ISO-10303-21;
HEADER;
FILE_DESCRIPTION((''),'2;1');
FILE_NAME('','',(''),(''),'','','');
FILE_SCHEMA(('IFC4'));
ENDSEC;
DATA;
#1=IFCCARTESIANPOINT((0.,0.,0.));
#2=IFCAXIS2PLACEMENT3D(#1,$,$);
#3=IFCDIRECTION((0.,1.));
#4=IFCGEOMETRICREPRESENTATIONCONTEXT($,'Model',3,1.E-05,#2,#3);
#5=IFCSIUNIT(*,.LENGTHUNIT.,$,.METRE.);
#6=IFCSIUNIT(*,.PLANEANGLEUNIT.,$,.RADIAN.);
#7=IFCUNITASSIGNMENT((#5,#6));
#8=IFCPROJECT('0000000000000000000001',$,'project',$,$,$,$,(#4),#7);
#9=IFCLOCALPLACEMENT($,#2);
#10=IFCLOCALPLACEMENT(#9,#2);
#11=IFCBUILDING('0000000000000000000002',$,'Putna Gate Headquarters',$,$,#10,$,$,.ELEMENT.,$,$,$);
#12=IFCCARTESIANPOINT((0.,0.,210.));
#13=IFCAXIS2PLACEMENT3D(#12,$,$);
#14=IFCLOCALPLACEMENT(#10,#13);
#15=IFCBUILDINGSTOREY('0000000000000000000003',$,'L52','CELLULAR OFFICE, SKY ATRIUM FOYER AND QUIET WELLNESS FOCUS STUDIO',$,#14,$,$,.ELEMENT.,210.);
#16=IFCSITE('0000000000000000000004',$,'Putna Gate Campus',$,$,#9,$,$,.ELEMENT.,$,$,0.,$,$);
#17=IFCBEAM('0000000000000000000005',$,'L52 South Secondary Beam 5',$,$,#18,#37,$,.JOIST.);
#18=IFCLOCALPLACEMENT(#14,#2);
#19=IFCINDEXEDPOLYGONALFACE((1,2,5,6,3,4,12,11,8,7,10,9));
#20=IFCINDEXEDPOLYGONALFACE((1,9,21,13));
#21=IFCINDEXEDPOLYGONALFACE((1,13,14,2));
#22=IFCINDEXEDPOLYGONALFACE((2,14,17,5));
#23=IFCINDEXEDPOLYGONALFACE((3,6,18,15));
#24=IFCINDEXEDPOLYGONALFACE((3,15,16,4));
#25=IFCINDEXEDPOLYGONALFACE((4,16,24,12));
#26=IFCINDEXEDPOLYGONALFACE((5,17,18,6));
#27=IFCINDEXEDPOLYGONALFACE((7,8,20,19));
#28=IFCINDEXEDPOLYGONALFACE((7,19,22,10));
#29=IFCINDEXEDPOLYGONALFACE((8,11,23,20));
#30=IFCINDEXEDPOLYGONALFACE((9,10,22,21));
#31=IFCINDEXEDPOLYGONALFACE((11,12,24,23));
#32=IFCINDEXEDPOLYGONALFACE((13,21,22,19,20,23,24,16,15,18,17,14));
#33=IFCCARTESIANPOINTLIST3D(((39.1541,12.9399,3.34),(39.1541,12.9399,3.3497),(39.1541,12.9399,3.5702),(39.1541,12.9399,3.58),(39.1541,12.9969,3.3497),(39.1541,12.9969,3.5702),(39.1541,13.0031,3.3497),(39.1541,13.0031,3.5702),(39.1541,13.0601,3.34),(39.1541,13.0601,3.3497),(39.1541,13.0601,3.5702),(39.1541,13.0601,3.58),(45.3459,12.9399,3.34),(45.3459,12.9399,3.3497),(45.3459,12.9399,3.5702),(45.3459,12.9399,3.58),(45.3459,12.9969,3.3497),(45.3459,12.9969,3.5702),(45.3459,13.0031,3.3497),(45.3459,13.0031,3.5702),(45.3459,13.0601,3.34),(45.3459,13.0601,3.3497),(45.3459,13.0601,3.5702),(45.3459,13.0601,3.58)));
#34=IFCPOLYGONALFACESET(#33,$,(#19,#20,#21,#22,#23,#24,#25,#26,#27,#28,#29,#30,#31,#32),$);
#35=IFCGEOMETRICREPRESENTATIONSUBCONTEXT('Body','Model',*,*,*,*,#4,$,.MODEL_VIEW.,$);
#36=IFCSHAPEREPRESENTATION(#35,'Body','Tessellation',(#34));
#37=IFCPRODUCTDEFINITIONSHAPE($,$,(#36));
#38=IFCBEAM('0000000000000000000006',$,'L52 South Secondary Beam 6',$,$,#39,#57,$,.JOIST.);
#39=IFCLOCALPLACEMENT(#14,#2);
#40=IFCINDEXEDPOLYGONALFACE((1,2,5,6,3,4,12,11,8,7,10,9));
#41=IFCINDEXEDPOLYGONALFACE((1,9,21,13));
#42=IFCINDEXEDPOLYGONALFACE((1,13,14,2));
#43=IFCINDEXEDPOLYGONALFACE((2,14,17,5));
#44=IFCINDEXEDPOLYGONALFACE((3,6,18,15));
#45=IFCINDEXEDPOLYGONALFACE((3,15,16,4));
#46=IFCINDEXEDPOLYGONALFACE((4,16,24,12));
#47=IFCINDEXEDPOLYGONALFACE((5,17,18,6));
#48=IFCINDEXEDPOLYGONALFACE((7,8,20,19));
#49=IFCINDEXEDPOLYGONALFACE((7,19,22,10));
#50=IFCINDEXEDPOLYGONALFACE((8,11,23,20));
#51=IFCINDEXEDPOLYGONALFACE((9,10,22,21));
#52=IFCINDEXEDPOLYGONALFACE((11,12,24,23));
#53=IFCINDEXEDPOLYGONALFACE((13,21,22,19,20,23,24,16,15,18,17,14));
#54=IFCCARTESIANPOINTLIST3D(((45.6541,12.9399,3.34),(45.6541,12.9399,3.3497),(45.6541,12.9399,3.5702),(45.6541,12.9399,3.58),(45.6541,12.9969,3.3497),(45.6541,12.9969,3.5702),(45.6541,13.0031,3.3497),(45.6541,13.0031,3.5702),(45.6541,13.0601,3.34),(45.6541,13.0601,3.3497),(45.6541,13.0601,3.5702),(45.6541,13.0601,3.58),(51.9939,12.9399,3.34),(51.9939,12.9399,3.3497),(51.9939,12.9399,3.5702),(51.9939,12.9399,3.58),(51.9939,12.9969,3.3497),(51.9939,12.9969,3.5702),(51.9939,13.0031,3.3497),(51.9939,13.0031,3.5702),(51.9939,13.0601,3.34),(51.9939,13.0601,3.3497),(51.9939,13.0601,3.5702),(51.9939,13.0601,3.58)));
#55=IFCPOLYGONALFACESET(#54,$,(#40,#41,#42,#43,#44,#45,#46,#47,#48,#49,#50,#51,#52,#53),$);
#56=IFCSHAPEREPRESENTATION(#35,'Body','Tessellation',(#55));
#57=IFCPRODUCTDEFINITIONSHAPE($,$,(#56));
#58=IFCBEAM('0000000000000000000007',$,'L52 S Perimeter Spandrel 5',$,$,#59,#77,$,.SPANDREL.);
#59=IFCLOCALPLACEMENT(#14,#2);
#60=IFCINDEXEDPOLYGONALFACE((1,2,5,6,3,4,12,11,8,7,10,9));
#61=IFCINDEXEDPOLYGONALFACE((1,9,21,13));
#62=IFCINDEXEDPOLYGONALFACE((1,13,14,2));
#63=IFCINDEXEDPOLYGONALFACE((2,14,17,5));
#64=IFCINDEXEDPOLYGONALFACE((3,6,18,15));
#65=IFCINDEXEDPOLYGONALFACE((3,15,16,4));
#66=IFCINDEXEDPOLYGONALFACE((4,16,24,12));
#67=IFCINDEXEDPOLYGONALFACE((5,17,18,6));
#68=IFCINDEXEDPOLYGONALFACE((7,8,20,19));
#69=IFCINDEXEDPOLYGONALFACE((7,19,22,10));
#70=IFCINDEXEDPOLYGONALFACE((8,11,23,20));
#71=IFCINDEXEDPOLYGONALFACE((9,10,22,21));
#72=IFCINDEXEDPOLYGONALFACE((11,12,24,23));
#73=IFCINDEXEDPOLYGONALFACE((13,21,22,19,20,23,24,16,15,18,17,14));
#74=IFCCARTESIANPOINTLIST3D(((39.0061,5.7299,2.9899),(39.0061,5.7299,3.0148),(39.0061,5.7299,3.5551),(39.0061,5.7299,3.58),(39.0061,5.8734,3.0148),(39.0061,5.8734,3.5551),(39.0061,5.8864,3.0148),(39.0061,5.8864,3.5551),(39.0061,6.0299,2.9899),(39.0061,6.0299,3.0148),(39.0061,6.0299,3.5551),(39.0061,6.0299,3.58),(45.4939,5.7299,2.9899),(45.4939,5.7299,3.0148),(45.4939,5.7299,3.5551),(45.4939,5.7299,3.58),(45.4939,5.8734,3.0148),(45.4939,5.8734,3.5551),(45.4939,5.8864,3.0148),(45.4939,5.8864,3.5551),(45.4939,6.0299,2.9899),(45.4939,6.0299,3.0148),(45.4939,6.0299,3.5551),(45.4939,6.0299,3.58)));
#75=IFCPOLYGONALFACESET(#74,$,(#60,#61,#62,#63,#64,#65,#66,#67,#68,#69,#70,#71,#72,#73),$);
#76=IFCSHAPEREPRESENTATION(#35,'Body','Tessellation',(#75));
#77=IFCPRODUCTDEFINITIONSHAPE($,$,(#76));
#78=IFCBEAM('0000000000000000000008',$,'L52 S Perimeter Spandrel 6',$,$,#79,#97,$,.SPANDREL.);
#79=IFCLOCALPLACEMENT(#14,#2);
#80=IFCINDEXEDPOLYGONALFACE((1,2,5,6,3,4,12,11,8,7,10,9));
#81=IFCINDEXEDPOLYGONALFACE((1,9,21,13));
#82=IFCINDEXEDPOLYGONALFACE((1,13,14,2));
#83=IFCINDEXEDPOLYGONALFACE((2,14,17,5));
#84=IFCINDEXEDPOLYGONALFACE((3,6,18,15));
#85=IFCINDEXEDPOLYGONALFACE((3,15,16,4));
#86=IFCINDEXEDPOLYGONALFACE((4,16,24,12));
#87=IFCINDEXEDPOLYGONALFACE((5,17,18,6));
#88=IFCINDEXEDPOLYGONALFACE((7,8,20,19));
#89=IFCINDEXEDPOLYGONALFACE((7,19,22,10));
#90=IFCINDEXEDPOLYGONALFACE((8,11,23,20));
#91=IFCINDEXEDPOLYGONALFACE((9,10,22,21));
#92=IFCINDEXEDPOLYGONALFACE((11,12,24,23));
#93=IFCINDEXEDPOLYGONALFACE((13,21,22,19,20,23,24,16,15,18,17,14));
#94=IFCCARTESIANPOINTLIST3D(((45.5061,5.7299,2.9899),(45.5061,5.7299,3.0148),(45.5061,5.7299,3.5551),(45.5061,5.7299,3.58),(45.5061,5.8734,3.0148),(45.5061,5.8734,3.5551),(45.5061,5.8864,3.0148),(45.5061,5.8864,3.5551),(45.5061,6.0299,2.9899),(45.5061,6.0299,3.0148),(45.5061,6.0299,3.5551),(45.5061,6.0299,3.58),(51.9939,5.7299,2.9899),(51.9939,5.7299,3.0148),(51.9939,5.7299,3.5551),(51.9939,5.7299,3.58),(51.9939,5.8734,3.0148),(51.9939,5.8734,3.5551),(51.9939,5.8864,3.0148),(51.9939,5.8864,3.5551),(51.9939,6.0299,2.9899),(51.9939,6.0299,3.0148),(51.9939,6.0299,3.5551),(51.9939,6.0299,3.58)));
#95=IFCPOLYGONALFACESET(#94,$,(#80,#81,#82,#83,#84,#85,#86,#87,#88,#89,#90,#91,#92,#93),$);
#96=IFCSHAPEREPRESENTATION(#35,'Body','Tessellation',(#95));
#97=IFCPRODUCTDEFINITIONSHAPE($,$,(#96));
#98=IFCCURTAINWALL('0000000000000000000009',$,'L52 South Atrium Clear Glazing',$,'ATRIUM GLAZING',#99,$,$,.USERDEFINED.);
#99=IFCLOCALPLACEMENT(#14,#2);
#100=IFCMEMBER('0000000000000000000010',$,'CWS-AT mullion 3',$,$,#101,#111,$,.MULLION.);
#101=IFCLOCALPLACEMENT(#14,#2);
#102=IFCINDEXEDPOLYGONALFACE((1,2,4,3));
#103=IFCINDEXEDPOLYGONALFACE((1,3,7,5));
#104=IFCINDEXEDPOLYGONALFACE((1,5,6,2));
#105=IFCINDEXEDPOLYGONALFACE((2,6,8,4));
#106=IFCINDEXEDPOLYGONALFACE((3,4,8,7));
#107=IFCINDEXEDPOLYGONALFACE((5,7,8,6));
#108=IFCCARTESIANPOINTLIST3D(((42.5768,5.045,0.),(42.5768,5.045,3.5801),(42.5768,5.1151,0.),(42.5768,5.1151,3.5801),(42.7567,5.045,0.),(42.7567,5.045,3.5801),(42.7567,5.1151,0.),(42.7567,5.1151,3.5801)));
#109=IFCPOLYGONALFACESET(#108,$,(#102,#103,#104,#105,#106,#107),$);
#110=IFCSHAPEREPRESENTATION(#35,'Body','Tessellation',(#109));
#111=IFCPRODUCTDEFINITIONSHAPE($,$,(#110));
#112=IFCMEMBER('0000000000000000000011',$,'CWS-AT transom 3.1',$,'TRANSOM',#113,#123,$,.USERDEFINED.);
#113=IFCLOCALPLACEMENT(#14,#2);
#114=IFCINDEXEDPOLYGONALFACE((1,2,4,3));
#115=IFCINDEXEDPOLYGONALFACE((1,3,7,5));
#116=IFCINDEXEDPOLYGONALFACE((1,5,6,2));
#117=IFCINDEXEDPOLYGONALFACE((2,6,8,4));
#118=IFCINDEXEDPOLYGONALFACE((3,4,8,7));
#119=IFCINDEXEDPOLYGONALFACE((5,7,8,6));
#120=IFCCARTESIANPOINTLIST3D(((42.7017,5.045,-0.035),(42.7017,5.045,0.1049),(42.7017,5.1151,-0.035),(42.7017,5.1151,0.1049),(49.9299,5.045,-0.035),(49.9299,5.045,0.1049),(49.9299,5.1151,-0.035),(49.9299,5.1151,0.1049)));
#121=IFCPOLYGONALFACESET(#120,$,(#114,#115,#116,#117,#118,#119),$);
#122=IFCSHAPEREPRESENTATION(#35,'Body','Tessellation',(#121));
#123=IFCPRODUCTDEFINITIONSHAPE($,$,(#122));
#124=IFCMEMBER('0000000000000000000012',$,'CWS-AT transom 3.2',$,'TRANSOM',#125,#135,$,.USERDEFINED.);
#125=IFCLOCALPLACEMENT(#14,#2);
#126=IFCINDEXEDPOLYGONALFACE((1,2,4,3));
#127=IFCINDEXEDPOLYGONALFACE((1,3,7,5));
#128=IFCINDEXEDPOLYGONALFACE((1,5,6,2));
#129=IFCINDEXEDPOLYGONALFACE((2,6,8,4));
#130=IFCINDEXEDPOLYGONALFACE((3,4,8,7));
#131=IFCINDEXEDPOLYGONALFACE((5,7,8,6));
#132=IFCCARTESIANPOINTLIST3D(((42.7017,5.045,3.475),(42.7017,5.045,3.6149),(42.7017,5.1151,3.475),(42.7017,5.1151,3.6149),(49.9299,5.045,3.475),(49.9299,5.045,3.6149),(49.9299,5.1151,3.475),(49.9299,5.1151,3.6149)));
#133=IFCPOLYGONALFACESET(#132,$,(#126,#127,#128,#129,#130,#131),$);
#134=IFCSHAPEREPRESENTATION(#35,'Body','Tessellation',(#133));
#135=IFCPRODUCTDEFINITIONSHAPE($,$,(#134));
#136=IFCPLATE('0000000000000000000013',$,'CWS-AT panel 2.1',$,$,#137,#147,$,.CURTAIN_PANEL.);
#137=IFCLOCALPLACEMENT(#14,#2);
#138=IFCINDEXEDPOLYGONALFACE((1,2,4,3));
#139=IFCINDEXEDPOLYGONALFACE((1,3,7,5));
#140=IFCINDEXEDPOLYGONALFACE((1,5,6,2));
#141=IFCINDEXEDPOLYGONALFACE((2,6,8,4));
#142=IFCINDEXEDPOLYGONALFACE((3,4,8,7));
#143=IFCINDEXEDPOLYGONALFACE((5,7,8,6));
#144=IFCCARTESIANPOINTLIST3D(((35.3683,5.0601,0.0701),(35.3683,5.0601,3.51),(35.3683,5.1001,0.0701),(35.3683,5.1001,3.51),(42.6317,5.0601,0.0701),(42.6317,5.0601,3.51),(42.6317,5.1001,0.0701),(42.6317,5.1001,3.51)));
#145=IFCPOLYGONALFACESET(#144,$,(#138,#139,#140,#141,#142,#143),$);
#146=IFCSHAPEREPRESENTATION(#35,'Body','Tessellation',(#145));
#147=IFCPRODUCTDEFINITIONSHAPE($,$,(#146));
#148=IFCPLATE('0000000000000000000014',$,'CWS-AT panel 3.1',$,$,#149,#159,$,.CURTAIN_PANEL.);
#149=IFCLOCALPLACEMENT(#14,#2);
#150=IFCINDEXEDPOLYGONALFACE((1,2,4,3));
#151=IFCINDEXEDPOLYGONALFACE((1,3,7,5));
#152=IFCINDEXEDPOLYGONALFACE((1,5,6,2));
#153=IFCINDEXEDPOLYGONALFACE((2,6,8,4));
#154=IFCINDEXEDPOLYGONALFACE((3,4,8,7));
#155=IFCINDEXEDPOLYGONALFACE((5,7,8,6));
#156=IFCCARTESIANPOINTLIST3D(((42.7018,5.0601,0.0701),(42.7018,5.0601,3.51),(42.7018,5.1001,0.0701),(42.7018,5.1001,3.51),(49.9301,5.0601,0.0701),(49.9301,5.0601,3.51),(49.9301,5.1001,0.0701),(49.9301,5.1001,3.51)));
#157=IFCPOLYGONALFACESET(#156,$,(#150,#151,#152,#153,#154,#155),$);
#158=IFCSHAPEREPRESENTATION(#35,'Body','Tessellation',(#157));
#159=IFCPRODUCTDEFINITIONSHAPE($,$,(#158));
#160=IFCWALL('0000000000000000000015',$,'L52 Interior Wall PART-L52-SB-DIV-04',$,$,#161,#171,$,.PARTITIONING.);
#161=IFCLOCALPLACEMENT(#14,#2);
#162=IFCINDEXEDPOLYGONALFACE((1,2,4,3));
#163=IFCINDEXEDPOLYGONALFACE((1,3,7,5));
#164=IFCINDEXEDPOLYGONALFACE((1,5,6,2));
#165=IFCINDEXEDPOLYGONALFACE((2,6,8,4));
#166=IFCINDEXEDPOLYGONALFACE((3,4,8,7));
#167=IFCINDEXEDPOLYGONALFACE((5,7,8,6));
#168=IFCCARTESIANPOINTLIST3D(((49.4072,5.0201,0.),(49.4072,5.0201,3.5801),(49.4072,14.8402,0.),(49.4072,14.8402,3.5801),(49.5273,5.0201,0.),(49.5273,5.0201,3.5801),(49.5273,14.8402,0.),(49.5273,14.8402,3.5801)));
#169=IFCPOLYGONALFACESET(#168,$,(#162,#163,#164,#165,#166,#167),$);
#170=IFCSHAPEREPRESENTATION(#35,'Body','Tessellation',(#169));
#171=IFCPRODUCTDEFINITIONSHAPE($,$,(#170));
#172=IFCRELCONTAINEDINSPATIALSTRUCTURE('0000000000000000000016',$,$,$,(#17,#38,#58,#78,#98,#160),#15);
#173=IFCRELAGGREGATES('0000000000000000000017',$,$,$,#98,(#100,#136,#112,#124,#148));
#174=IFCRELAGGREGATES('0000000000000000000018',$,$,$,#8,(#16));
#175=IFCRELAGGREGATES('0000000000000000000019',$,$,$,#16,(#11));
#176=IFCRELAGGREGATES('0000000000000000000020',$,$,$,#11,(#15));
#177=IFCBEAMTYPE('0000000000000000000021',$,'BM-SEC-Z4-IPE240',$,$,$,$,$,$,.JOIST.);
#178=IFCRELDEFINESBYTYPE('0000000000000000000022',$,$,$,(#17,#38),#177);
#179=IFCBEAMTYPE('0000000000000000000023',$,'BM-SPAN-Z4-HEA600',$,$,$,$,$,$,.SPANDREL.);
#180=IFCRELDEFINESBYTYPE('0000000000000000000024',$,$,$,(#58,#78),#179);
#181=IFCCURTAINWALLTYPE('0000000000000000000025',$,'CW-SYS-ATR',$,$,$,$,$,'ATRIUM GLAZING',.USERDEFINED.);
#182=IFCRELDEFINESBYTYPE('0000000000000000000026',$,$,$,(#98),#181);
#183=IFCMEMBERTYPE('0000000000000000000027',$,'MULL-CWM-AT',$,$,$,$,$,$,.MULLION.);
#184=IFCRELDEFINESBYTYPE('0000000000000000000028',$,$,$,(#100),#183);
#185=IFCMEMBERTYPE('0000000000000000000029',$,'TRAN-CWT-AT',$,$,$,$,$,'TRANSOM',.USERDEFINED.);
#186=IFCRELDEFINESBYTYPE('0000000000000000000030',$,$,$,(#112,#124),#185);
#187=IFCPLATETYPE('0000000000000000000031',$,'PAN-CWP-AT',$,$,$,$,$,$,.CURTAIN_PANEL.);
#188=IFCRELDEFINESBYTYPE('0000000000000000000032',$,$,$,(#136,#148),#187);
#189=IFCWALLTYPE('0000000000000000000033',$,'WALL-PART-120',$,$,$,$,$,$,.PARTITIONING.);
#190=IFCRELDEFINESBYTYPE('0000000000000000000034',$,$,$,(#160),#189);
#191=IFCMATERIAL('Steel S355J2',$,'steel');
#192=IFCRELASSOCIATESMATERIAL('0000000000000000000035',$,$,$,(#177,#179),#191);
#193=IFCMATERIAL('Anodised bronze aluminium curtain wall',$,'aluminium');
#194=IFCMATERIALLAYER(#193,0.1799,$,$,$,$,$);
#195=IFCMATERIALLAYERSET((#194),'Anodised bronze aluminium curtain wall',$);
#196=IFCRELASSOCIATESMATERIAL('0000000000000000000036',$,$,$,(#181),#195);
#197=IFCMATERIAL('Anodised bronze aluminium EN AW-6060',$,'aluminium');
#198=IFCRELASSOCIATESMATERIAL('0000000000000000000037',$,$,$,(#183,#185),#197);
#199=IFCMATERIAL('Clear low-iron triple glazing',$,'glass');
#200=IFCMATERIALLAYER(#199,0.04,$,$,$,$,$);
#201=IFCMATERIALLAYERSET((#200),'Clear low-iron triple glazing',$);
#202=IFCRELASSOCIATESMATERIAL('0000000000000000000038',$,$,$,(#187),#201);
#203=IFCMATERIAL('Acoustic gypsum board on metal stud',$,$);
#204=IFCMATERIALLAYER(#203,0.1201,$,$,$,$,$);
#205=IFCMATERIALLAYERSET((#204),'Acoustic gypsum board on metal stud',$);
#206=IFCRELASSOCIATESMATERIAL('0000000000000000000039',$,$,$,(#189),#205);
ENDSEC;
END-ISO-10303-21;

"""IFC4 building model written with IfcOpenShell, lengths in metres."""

from ifc_helpers import new_model, si_unit, direction, frame, frame_2d, origin, origin_2d, place, context, subcontext, project, spatial, rectangle, i_section, extrude, material, layer, layer_set, material_profile, profile_set, type_object, element, aggregate, save


model = new_model("IFC4")

# Units and contexts
model_context = context("Model", 3, precision=1e-05, world=origin(), true_north=direction((0.0, 1.0)))
body_context = subcontext(model_context, "Body", "Model", "MODEL_VIEW")
ifc_project = project(units=[si_unit("LENGTHUNIT", "METRE"), si_unit("PLANEANGLEUNIT", "RADIAN")], contexts=[model_context])

# Site, building, storey
site_placement = place(None, origin())
site = spatial("IfcSite", under=ifc_project, at=site_placement, Name="Putna Gate Campus", CompositionType="ELEMENT", RefElevation=0.0)
building_placement = place(site_placement, origin())
building = spatial("IfcBuilding", under=site, at=building_placement, Name="Putna Gate Headquarters", CompositionType="ELEMENT")
storey_placement = place(building_placement, frame((0.0, 0.0, 210.0)))
storey = spatial("IfcBuildingStorey", under=building, at=storey_placement, Name="L52", Description="CELLULAR OFFICE, SKY ATRIUM FOYER AND QUIET WELLNESS FOCUS STUDIO", CompositionType="ELEMENT", Elevation=210.0)

# Beams
ifc_material_1 = material(Name="Steel S355J2", Category="steel")
ifc_material_profile_1 = material_profile(ifc_material_1, i_section(OverallWidth=0.1201, OverallDepth=0.24, WebThickness=0.0061, FlangeThickness=0.0098, at=origin_2d()), Name="Steel S355J2")
ifc_profile_set_1 = profile_set([ifc_material_profile_1], Name="Steel S355J2")
beam_type_1 = type_object("IfcBeamType", Name="BM-SEC-Z4-IPE240", PredefinedType="JOIST", material=ifc_profile_set_1)
beam_1_placement = place(storey_placement, frame((39.1541, 13.0, 3.46), z_axis=(1.0, 0.0, 0.0), x_axis=(0.0, 1.0, 0.0)))
element("IfcBeam", 1, at=beam_1_placement, inside=storey, type_object=beam_type_1, Name="L52 South Secondary Beam 5", PredefinedType="JOIST", context=body_context, shape_type="SweptSolid", body=[
    extrude(i_section(OverallWidth=0.1201, OverallDepth=0.24, WebThickness=0.0061, FlangeThickness=0.0098, at=origin_2d()), origin(), (0.0, 0.0, 1.0), 6.1919),
])
beam_2_placement = place(storey_placement, frame((45.6541, 13.0, 3.46), z_axis=(1.0, 0.0, 0.0), x_axis=(0.0, 1.0, 0.0)))
element("IfcBeam", 2, at=beam_2_placement, inside=storey, type_object=beam_type_1, Name="L52 South Secondary Beam 6", PredefinedType="JOIST", context=body_context, shape_type="SweptSolid", body=[
    extrude(i_section(OverallWidth=0.1201, OverallDepth=0.24, WebThickness=0.0061, FlangeThickness=0.0098, at=origin_2d()), origin(), (0.0, 0.0, 1.0), 6.3398),
])
ifc_material_profile_2 = material_profile(ifc_material_1, i_section(OverallWidth=0.3, OverallDepth=0.5901, WebThickness=0.0129, FlangeThickness=0.0249, at=origin_2d()), Name="Steel S355J2")
ifc_profile_set_2 = profile_set([ifc_material_profile_2], Name="Steel S355J2")
beam_type_2 = type_object("IfcBeamType", Name="BM-SPAN-Z4-HEA600", PredefinedType="SPANDREL", material=ifc_profile_set_2)
for number, where, z_axis, x_axis, name in (
    (3, (39.0061, 5.8799, 3.2849), (1.0, 0.0, 0.0), (0.0, 1.0, 0.0), "L52 S Perimeter Spandrel 5"),
    (4, (45.5061, 5.8799, 3.2849), (1.0, 0.0, 0.0), (0.0, 1.0, 0.0), "L52 S Perimeter Spandrel 6"),
):
    element("IfcBeam", number, at=place(storey_placement, frame(where, z_axis=z_axis, x_axis=x_axis)), inside=storey, type_object=beam_type_2, Name=name, PredefinedType="SPANDREL", context=body_context, shape_type="SweptSolid", body=[
        extrude(i_section(OverallWidth=0.3, OverallDepth=0.5901, WebThickness=0.0129, FlangeThickness=0.0249, at=origin_2d()), origin(), (0.0, 0.0, 1.0), 6.4878),
    ])

# Curtain wall, members, plates
ifc_material_2 = material(Name="Anodised bronze aluminium curtain wall", Category="aluminium")
ifc_layer_1 = layer(ifc_material_2, 0.1799)
ifc_layer_set_1 = layer_set([ifc_layer_1], Name="Anodised bronze aluminium curtain wall")
curtain_wall_type = type_object("IfcCurtainWallType", Name="CW-SYS-ATR", ElementType="ATRIUM GLAZING", PredefinedType="USERDEFINED", material=ifc_layer_set_1)
curtain_wall_placement = place(storey_placement, origin())
curtain_wall = element("IfcCurtainWall", 5, at=curtain_wall_placement, inside=storey, type_object=curtain_wall_type, Name="L52 South Atrium Clear Glazing", ObjectType="ATRIUM GLAZING", PredefinedType="USERDEFINED")
ifc_material_3 = material(Name="Anodised bronze aluminium EN AW-6060", Category="aluminium")
ifc_material_profile_3 = material_profile(ifc_material_3, rectangle(XDim=0.0701, YDim=0.1799, at=origin_2d()), Name="Anodised bronze aluminium EN AW-6060")
ifc_profile_set_3 = profile_set([ifc_material_profile_3], Name="Anodised bronze aluminium EN AW-6060")
member_type_1 = type_object("IfcMemberType", Name="MULL-CWM-AT", PredefinedType="MULLION", material=ifc_profile_set_3)
member_1_placement = place(storey_placement, frame((42.6667, 5.0801, 0.0), z_axis=(0.0, 0.0, 1.0), x_axis=(0.0, 1.0, 0.0)))
member_1 = element("IfcMember", 6, at=member_1_placement, type_object=member_type_1, Name="CWS-AT mullion 3", PredefinedType="MULLION", context=body_context, shape_type="SweptSolid", body=[
    extrude(rectangle(XDim=0.0701, YDim=0.1799, at=origin_2d()), origin(), (0.0, 0.0, 1.0), 3.5801),
])
ifc_material_profile_4 = material_profile(ifc_material_3, rectangle(XDim=0.0701, YDim=0.1399, at=origin_2d()), Name="Anodised bronze aluminium EN AW-6060")
ifc_profile_set_4 = profile_set([ifc_material_profile_4], Name="Anodised bronze aluminium EN AW-6060")
member_type_2 = type_object("IfcMemberType", Name="TRAN-CWT-AT", ElementType="TRANSOM", PredefinedType="USERDEFINED", material=ifc_profile_set_4)
member_2_placement = place(storey_placement, frame((42.7017, 5.0801, 0.0349), z_axis=(1.0, 0.0, 0.0), x_axis=(0.0, 1.0, 0.0)))
member_2 = element("IfcMember", 7, at=member_2_placement, type_object=member_type_2, Name="CWS-AT transom 3.1", ObjectType="TRANSOM", PredefinedType="USERDEFINED", context=body_context, shape_type="SweptSolid", body=[
    extrude(rectangle(XDim=0.0701, YDim=0.1399, at=origin_2d()), origin(), (0.0, 0.0, 1.0), 7.2283),
])
member_3_placement = place(storey_placement, frame((42.7017, 5.0801, 3.5449), z_axis=(1.0, 0.0, 0.0), x_axis=(0.0, 1.0, 0.0)))
member_3 = element("IfcMember", 8, at=member_3_placement, type_object=member_type_2, Name="CWS-AT transom 3.2", ObjectType="TRANSOM", PredefinedType="USERDEFINED", context=body_context, shape_type="SweptSolid", body=[
    extrude(rectangle(XDim=0.0701, YDim=0.1399, at=origin_2d()), origin(), (0.0, 0.0, 1.0), 7.2283),
])
ifc_material_4 = material(Name="Clear low-iron triple glazing", Category="glass")
ifc_layer_2 = layer(ifc_material_4, 0.04)
ifc_layer_set_2 = layer_set([ifc_layer_2], Name="Clear low-iron triple glazing")
plate_type = type_object("IfcPlateType", Name="PAN-CWP-AT", PredefinedType="CURTAIN_PANEL", material=ifc_layer_set_2)
plate_1_placement = place(storey_placement, frame((39.0, 5.0801, 0.0701), z_axis=(0.0, 0.0, 1.0), x_axis=(1.0, 0.0, 0.0)))
plate_1 = element("IfcPlate", 9, at=plate_1_placement, type_object=plate_type, Name="CWS-AT panel 2.1", PredefinedType="CURTAIN_PANEL", context=body_context, shape_type="SweptSolid", body=[
    extrude(rectangle(XDim=7.2634, YDim=0.04, at=origin_2d()), origin(), (0.0, 0.0, 1.0), 3.4399),
])
plate_2_placement = place(storey_placement, frame((46.3159, 5.0801, 0.0701), z_axis=(0.0, 0.0, 1.0), x_axis=(1.0, 0.0, 0.0)))
plate_2 = element("IfcPlate", 10, at=plate_2_placement, type_object=plate_type, Name="CWS-AT panel 3.1", PredefinedType="CURTAIN_PANEL", context=body_context, shape_type="SweptSolid", body=[
    extrude(rectangle(XDim=7.2283, YDim=0.04, at=origin_2d()), origin(), (0.0, 0.0, 1.0), 3.4399),
])
aggregate(curtain_wall, [member_1, plate_1, member_2, member_3, plate_2])

# Wall
ifc_material_5 = material(Name="Acoustic gypsum board on metal stud")
ifc_layer_3 = layer(ifc_material_5, 0.1201)
ifc_layer_set_3 = layer_set([ifc_layer_3], Name="Acoustic gypsum board on metal stud")
wall_type_1 = type_object("IfcWallType", Name="WALL-PART-120", PredefinedType="PARTITIONING", material=ifc_layer_set_3)
wall_1_placement = place(storey_placement, frame((49.4673, 5.02, 0.0), z_axis=(0.0, 0.0, 1.0), x_axis=(0.0, 1.0, 0.0)))
element("IfcWall", 11, at=wall_1_placement, inside=storey, type_object=wall_type_1, Name="L52 Interior Wall PART-L52-SB-DIV-04", PredefinedType="PARTITIONING", context=body_context, shape_type="SweptSolid", body=[
    extrude(rectangle(XDim=9.8201, YDim=0.1201, at=frame_2d((4.9102, 0.0))), origin(), (0.0, 0.0, 1.0), 3.5801),
])

save(model, "model.ifc")
